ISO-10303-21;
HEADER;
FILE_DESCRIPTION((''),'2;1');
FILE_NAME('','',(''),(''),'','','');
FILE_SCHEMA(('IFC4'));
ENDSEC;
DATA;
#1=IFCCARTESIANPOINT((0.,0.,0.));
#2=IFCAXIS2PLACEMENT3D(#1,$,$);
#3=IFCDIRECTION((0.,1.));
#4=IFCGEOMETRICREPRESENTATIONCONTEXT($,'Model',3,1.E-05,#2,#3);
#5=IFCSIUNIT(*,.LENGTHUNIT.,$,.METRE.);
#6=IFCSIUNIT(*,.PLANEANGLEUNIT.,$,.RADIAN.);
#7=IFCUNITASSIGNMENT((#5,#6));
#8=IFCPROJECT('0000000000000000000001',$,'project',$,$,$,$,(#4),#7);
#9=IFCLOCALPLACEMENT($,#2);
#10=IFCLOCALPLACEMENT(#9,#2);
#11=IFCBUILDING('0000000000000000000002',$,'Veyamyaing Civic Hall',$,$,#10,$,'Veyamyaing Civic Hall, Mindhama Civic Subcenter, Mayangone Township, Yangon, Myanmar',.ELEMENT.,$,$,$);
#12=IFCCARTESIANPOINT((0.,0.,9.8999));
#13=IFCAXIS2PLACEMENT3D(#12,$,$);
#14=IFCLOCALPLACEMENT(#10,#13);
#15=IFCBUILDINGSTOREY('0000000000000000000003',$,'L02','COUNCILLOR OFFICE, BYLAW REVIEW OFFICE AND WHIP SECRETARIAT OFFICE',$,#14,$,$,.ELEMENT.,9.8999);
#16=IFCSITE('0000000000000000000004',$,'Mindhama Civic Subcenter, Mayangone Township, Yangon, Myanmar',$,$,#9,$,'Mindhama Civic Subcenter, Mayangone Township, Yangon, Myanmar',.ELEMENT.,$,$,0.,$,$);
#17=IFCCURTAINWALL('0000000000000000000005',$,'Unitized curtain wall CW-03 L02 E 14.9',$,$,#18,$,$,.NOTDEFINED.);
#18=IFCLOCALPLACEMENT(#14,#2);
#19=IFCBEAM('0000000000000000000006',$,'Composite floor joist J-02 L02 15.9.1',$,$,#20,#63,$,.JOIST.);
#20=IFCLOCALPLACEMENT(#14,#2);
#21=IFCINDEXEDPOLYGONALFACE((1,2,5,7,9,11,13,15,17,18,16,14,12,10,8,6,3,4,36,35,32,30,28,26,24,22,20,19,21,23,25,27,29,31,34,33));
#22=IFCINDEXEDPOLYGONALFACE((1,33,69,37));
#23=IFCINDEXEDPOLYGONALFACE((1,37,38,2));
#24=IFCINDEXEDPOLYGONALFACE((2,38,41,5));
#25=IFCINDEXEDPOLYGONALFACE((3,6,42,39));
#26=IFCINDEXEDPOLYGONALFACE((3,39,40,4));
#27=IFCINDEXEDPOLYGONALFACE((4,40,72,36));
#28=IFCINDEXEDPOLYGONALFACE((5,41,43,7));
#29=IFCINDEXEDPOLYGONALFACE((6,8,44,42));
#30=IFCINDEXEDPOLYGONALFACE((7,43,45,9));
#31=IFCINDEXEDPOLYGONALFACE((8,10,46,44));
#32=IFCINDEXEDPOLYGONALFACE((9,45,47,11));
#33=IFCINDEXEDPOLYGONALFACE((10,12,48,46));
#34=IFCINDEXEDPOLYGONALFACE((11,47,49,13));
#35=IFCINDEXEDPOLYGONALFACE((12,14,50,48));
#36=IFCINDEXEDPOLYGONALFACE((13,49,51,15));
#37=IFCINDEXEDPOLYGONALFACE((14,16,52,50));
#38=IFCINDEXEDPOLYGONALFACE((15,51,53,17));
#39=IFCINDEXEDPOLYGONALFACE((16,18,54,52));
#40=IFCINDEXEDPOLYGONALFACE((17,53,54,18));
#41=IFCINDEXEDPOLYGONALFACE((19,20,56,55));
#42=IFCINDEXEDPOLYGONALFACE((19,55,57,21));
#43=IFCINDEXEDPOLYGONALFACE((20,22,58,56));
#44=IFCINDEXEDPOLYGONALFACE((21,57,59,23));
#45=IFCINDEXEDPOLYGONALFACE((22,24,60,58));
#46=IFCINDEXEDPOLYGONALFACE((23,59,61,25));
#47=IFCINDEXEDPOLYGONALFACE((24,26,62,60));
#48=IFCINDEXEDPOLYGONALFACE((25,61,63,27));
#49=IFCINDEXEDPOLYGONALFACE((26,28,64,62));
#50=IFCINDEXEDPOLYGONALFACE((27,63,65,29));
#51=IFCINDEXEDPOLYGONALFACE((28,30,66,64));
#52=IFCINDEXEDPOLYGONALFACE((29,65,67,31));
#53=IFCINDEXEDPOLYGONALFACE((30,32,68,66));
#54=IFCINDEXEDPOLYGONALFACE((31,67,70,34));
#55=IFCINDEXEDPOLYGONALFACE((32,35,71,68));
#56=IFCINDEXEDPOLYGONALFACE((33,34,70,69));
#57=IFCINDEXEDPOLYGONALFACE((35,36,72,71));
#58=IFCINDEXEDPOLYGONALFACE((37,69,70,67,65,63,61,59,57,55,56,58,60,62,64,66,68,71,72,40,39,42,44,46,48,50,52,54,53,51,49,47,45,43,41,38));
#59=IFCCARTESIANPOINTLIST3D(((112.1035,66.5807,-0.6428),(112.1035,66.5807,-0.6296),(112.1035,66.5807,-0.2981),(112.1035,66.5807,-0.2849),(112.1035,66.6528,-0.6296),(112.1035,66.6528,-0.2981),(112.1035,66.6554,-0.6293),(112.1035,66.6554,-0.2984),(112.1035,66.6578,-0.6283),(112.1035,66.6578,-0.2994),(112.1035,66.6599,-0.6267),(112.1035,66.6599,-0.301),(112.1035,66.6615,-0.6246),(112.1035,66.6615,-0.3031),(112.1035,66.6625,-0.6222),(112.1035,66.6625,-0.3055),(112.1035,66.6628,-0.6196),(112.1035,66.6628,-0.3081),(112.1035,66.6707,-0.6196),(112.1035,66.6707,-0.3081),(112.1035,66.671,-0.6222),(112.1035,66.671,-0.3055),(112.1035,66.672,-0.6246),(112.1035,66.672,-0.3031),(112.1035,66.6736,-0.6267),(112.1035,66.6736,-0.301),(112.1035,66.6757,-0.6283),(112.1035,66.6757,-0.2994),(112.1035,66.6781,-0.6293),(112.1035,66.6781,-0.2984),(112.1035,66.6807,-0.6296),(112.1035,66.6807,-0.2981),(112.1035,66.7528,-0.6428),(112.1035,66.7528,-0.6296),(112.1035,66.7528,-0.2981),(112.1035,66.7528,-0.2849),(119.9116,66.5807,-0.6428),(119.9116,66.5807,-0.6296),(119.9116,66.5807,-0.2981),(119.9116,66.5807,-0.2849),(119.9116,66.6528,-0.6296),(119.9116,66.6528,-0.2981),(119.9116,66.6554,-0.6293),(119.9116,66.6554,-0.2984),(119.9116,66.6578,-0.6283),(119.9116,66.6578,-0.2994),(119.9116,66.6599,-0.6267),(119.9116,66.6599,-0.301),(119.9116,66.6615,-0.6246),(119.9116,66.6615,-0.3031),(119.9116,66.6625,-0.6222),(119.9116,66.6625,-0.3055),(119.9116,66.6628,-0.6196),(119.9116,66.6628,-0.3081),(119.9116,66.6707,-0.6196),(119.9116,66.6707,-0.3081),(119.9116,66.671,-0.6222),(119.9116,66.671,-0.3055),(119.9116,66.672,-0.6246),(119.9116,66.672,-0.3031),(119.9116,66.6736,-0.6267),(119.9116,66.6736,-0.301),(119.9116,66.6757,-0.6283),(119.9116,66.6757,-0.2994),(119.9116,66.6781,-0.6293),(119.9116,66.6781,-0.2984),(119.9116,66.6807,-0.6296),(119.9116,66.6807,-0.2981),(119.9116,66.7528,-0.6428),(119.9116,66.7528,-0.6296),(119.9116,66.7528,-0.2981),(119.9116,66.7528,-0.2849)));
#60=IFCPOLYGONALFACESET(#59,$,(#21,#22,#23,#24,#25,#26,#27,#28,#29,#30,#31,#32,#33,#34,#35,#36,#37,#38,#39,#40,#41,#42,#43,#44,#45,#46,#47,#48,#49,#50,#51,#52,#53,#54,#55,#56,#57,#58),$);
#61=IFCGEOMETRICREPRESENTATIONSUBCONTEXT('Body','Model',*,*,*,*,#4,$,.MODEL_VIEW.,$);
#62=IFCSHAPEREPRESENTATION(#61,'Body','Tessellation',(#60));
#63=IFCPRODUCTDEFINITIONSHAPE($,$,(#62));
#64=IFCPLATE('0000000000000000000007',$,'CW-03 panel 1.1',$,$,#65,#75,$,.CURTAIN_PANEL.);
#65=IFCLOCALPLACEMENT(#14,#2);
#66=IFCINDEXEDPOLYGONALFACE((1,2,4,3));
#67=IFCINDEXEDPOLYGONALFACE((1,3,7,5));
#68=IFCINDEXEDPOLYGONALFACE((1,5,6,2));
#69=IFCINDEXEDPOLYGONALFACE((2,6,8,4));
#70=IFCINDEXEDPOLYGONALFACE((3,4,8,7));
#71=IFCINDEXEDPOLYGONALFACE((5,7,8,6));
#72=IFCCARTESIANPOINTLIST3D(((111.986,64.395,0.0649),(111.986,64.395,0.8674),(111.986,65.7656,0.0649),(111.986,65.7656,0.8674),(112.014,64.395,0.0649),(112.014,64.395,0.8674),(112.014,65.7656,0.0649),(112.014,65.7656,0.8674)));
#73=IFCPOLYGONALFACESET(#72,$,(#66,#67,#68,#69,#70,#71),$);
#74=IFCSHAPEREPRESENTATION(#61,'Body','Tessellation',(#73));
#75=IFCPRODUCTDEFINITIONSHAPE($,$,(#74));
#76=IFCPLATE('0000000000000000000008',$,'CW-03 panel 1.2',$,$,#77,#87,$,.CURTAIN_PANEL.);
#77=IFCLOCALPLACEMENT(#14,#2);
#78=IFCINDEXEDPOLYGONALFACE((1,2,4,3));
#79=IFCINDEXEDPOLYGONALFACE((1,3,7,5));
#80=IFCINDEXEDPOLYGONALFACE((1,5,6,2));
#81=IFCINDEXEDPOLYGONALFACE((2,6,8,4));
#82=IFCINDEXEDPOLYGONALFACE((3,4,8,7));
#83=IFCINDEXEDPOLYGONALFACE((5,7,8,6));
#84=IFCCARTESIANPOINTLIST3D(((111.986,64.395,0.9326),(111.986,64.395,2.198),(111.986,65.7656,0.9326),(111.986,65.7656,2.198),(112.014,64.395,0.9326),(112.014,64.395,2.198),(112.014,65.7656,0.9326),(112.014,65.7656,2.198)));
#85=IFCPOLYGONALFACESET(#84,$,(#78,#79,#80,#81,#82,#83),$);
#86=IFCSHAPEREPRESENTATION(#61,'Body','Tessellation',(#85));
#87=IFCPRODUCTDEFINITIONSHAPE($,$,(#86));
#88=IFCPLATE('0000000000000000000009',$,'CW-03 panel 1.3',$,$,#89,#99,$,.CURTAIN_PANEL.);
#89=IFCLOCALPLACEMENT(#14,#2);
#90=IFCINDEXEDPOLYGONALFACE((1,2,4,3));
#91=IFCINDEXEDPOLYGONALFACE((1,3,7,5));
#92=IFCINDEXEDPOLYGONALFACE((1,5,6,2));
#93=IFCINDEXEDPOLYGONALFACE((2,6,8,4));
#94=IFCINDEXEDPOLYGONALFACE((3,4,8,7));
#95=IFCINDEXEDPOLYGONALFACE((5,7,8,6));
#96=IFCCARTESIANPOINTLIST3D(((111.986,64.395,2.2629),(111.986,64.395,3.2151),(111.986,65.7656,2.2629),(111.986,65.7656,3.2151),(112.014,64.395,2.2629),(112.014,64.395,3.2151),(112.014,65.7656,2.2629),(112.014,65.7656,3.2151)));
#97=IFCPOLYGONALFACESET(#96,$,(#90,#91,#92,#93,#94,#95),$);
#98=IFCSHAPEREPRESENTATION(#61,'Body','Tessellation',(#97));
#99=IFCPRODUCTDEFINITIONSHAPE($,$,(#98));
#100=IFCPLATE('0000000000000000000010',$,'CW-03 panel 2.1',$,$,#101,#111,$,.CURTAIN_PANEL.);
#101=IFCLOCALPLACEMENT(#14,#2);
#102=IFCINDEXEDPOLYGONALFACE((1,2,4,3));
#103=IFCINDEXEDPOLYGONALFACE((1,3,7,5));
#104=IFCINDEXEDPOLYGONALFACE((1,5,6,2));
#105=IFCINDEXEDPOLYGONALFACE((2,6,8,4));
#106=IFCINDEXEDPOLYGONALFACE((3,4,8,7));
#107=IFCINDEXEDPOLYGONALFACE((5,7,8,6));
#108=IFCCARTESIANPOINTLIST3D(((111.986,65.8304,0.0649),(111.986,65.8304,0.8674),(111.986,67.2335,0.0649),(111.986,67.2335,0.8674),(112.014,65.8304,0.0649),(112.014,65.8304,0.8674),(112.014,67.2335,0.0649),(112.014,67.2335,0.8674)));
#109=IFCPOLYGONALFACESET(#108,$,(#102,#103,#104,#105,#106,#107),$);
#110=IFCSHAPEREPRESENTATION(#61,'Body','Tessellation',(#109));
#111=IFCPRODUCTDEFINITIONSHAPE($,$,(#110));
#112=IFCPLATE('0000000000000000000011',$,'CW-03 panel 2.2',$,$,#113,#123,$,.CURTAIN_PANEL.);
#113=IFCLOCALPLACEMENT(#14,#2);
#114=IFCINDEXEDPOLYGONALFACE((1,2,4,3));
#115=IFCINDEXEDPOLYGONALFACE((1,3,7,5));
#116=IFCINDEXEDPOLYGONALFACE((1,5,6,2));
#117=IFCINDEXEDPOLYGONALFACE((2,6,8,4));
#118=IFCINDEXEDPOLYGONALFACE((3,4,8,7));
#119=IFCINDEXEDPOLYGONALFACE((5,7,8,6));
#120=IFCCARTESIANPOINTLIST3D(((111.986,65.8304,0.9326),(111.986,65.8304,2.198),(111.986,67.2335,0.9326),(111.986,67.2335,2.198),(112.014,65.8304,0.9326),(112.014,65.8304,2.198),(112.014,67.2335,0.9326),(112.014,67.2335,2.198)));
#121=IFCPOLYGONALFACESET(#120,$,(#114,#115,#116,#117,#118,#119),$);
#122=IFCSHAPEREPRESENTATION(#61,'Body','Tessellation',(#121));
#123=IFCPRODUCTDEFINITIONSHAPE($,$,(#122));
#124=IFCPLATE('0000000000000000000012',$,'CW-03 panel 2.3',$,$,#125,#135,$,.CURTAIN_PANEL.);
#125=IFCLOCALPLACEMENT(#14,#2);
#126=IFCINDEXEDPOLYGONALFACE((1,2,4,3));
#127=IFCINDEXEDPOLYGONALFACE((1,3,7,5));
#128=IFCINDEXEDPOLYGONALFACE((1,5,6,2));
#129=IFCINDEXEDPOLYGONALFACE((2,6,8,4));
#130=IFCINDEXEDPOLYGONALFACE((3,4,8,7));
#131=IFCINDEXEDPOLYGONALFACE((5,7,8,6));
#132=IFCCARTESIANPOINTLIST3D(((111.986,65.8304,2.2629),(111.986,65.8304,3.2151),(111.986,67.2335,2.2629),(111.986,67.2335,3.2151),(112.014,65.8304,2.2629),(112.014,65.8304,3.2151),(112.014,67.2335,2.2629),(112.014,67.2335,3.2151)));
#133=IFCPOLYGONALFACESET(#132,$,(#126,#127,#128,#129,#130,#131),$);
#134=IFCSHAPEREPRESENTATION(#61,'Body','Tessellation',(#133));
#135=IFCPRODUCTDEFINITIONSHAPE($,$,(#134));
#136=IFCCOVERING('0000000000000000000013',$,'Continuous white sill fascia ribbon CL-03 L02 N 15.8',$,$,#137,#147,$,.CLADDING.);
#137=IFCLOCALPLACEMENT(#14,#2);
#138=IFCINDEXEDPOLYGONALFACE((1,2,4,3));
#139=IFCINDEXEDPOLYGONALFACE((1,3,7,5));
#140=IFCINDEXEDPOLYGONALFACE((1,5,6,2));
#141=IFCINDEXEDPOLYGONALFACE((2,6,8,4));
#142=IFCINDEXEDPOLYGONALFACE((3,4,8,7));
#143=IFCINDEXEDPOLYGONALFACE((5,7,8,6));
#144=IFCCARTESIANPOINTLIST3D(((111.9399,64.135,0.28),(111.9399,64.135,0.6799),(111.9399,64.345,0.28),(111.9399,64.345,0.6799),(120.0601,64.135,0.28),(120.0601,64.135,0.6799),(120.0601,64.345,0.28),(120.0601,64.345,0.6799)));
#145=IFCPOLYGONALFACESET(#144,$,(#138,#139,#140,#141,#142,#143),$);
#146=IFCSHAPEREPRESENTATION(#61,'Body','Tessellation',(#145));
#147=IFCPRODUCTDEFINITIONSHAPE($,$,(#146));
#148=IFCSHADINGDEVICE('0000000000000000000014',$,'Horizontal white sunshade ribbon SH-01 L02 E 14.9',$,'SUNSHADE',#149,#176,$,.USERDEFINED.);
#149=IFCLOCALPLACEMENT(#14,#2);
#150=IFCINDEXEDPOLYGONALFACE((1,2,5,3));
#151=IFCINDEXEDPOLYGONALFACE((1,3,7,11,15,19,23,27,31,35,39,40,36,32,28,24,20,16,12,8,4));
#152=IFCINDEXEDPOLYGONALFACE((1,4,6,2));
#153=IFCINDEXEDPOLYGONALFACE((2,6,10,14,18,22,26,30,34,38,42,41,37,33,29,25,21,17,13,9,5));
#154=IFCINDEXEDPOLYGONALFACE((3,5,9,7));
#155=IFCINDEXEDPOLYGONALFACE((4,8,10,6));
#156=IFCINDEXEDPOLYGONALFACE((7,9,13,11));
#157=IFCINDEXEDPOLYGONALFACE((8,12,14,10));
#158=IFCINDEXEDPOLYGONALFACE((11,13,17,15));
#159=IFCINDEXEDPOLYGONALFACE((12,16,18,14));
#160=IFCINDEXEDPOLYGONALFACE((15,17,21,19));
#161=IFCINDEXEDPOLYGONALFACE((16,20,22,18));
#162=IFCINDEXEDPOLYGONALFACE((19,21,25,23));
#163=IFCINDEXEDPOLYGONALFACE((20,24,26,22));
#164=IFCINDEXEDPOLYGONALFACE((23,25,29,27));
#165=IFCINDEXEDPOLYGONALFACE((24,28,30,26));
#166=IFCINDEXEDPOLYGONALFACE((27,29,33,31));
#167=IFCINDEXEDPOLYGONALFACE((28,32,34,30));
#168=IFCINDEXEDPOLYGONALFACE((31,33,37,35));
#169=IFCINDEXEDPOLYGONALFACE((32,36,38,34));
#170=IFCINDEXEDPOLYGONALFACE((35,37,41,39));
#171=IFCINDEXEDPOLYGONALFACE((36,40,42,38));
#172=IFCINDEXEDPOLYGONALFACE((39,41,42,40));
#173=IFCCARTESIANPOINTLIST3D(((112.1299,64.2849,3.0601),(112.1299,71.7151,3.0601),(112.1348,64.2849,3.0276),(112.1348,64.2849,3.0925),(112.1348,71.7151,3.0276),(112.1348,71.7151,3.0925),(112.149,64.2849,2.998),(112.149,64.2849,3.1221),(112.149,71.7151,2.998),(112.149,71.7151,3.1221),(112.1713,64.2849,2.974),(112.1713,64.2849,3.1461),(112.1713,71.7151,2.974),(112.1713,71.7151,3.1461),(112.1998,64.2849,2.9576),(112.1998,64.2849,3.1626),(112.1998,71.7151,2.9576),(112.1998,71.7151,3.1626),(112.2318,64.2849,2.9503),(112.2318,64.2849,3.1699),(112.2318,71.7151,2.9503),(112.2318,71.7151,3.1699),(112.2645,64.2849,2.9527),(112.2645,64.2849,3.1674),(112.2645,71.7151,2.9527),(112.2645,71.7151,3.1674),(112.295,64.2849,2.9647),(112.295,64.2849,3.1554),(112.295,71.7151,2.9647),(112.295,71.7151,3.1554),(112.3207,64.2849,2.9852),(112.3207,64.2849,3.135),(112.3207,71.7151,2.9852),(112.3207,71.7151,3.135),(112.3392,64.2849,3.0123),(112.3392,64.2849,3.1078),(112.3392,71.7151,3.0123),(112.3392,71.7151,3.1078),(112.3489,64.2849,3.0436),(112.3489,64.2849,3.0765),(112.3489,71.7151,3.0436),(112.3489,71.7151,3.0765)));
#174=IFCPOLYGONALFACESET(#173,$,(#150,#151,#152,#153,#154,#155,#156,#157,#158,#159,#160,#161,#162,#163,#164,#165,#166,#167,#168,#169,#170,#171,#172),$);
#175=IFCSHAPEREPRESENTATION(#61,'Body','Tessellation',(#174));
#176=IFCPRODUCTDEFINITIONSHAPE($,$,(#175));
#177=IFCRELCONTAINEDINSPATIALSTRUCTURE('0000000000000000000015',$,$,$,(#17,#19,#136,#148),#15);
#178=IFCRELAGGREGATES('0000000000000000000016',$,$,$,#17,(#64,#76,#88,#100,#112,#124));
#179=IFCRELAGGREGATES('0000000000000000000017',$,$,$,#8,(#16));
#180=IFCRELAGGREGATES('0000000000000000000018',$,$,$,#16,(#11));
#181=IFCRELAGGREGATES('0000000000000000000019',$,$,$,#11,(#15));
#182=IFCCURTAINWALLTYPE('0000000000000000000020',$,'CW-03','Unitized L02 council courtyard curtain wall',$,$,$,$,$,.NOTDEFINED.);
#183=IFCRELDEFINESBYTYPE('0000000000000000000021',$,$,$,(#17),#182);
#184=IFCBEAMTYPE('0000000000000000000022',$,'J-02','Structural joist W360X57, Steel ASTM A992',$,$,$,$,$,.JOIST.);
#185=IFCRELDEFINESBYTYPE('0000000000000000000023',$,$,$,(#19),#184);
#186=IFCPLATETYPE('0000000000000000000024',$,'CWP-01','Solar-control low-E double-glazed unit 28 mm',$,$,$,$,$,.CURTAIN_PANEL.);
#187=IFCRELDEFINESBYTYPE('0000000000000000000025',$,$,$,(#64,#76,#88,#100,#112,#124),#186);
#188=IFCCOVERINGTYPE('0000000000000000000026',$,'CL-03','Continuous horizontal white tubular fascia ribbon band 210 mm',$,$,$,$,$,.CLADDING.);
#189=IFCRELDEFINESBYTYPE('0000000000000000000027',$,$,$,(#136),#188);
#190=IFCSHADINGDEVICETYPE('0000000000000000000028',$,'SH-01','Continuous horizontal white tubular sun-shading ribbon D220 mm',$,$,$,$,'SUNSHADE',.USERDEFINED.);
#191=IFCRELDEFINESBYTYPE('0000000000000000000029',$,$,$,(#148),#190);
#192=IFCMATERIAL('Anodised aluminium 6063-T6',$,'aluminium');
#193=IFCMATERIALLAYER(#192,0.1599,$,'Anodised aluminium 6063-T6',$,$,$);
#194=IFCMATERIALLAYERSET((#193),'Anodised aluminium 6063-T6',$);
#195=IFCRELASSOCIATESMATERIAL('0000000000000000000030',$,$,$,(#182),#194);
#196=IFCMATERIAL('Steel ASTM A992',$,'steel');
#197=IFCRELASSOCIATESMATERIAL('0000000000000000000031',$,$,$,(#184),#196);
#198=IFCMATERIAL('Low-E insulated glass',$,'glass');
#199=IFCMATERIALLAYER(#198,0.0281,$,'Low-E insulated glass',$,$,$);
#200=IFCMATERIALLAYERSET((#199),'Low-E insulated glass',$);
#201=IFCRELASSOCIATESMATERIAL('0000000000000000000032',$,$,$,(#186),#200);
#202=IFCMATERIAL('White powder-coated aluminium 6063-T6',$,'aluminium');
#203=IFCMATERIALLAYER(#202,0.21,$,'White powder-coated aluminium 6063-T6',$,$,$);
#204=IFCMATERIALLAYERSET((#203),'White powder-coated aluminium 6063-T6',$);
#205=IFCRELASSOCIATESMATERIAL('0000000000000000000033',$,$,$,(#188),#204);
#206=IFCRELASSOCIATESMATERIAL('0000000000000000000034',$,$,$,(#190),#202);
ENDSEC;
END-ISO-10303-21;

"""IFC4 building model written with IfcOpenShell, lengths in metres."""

from ifc_helpers import new_model, si_unit, direction, frame, origin, origin_2d, place, context, subcontext, project, spatial, rectangle, circle, i_section, extrude, material, layer, layer_set, material_profile, profile_set, type_object, element, aggregate, save


model = new_model("IFC4")

# Units and contexts
model_context = context("Model", 3, precision=1e-05, world=origin(), true_north=direction((0.0, 1.0)))
body_context = subcontext(model_context, "Body", "Model", "MODEL_VIEW")
ifc_project = project(units=[si_unit("LENGTHUNIT", "METRE"), si_unit("PLANEANGLEUNIT", "RADIAN")], contexts=[model_context])

# Site, building, storey
site_placement = place(None, origin())
site = spatial("IfcSite", under=ifc_project, at=site_placement, Name="Mindhama Civic Subcenter, Mayangone Township, Yangon, Myanmar", LongName="Mindhama Civic Subcenter, Mayangone Township, Yangon, Myanmar", CompositionType="ELEMENT", RefElevation=0.0)
building_placement = place(site_placement, origin())
building = spatial("IfcBuilding", under=site, at=building_placement, Name="Veyamyaing Civic Hall", LongName="Veyamyaing Civic Hall, Mindhama Civic Subcenter, Mayangone Township, Yangon, Myanmar", CompositionType="ELEMENT")
storey_placement = place(building_placement, frame((0.0, 0.0, 9.8999)))
storey = spatial("IfcBuildingStorey", under=building, at=storey_placement, Name="L02", Description="COUNCILLOR OFFICE, BYLAW REVIEW OFFICE AND WHIP SECRETARIAT OFFICE", CompositionType="ELEMENT", Elevation=9.8999)

# Shared definitions
ifc_material_1 = material(Name="Steel ASTM A992", Category="steel")

# Curtain wall
ifc_material_2 = material(Name="Anodised aluminium 6063-T6", Category="aluminium")
ifc_layer_1 = layer(ifc_material_2, 0.1599, Name="Anodised aluminium 6063-T6")
ifc_layer_set_1 = layer_set([ifc_layer_1], Name="Anodised aluminium 6063-T6")
curtain_wall_type = type_object("IfcCurtainWallType", Name="CW-03", Description="Unitized L02 council courtyard curtain wall", PredefinedType="NOTDEFINED", material=ifc_layer_set_1)
curtain_wall_placement = place(storey_placement, origin())
curtain_wall = element("IfcCurtainWall", 1, at=curtain_wall_placement, inside=storey, type_object=curtain_wall_type, Name="Unitized curtain wall CW-03 L02 E 14.9", PredefinedType="NOTDEFINED")

# Beam
ifc_material_profile_1 = material_profile(ifc_material_1, i_section(OverallWidth=0.1721, OverallDepth=0.3579, WebThickness=0.0078, FlangeThickness=0.0132, FilletRadius=0.01, at=origin_2d()), Name="W360X57")
ifc_profile_set_1 = profile_set([ifc_material_profile_1], Name="Steel ASTM A992")
beam_type_1 = type_object("IfcBeamType", Name="J-02", Description="Structural joist W360X57, Steel ASTM A992", PredefinedType="JOIST", material=ifc_profile_set_1)
beam_1_placement = place(storey_placement, frame((112.1035, 66.6667, -0.4639), z_axis=(1.0, 0.0, 0.0), x_axis=(0.0, 1.0, 0.0)))
element("IfcBeam", 2, at=beam_1_placement, inside=storey, type_object=beam_type_1, Name="Composite floor joist J-02 L02 15.9.1", PredefinedType="JOIST", context=body_context, shape_type="SweptSolid", body=[
    extrude(i_section(OverallWidth=0.1721, OverallDepth=0.3579, WebThickness=0.0078, FlangeThickness=0.0132, FilletRadius=0.01, at=origin_2d()), origin(), (0.0, 0.0, 1.0), 7.8081),
])

# Plates
ifc_material_3 = material(Name="Low-E insulated glass", Category="glass")
ifc_layer_2 = layer(ifc_material_3, 0.0281, Name="Low-E insulated glass")
ifc_layer_set_2 = layer_set([ifc_layer_2], Name="Low-E insulated glass")
plate_type = type_object("IfcPlateType", Name="CWP-01", Description="Solar-control low-E double-glazed unit 28 mm", PredefinedType="CURTAIN_PANEL", material=ifc_layer_set_2)
plate_1_placement = place(storey_placement, frame((112.0, 65.0803, 0.0649), z_axis=(0.0, 0.0, 1.0), x_axis=(0.0, 1.0, 0.0)))
plate_1 = element("IfcPlate", 3, at=plate_1_placement, type_object=plate_type, Name="CW-03 panel 1.1", PredefinedType="CURTAIN_PANEL", context=body_context, shape_type="SweptSolid", body=[
    extrude(rectangle(XDim=1.3706, YDim=0.0281, at=origin_2d()), origin(), (0.0, 0.0, 1.0), 0.8025),
])
plate_2_placement = place(storey_placement, frame((112.0, 65.0803, 0.9326), z_axis=(0.0, 0.0, 1.0), x_axis=(0.0, 1.0, 0.0)))
plate_2 = element("IfcPlate", 4, at=plate_2_placement, type_object=plate_type, Name="CW-03 panel 1.2", PredefinedType="CURTAIN_PANEL", context=body_context, shape_type="SweptSolid", body=[
    extrude(rectangle(XDim=1.3706, YDim=0.0281, at=origin_2d()), origin(), (0.0, 0.0, 1.0), 1.2654),
])
plate_3_placement = place(storey_placement, frame((112.0, 65.0803, 2.2629), z_axis=(0.0, 0.0, 1.0), x_axis=(0.0, 1.0, 0.0)))
plate_3 = element("IfcPlate", 5, at=plate_3_placement, type_object=plate_type, Name="CW-03 panel 1.3", PredefinedType="CURTAIN_PANEL", context=body_context, shape_type="SweptSolid", body=[
    extrude(rectangle(XDim=1.3706, YDim=0.0281, at=origin_2d()), origin(), (0.0, 0.0, 1.0), 0.9521),
])
plate_4_placement = place(storey_placement, frame((112.0, 66.532, 0.0649), z_axis=(0.0, 0.0, 1.0), x_axis=(0.0, 1.0, 0.0)))
plate_4 = element("IfcPlate", 6, at=plate_4_placement, type_object=plate_type, Name="CW-03 panel 2.1", PredefinedType="CURTAIN_PANEL", context=body_context, shape_type="SweptSolid", body=[
    extrude(rectangle(XDim=1.4031, YDim=0.0281, at=origin_2d()), origin(), (0.0, 0.0, 1.0), 0.8025),
])
plate_5_placement = place(storey_placement, frame((112.0, 66.532, 0.9326), z_axis=(0.0, 0.0, 1.0), x_axis=(0.0, 1.0, 0.0)))
plate_5 = element("IfcPlate", 7, at=plate_5_placement, type_object=plate_type, Name="CW-03 panel 2.2", PredefinedType="CURTAIN_PANEL", context=body_context, shape_type="SweptSolid", body=[
    extrude(rectangle(XDim=1.4031, YDim=0.0281, at=origin_2d()), origin(), (0.0, 0.0, 1.0), 1.2654),
])
plate_6_placement = place(storey_placement, frame((112.0, 66.532, 2.2629), z_axis=(0.0, 0.0, 1.0), x_axis=(0.0, 1.0, 0.0)))
plate_6 = element("IfcPlate", 8, at=plate_6_placement, type_object=plate_type, Name="CW-03 panel 2.3", PredefinedType="CURTAIN_PANEL", context=body_context, shape_type="SweptSolid", body=[
    extrude(rectangle(XDim=1.4031, YDim=0.0281, at=origin_2d()), origin(), (0.0, 0.0, 1.0), 0.9521),
])
aggregate(curtain_wall, [plate_1, plate_2, plate_3, plate_4, plate_5, plate_6])

# Covering
ifc_material_4 = material(Name="White powder-coated aluminium 6063-T6", Category="aluminium")
ifc_layer_3 = layer(ifc_material_4, 0.21, Name="White powder-coated aluminium 6063-T6")
ifc_layer_set_3 = layer_set([ifc_layer_3], Name="White powder-coated aluminium 6063-T6")
covering_type = type_object("IfcCoveringType", Name="CL-03", Description="Continuous horizontal white tubular fascia ribbon band 210 mm", PredefinedType="CLADDING", material=ifc_layer_set_3)
covering_placement = place(storey_placement, frame((116.0, 64.24, 0.28), z_axis=(0.0, 0.0, 1.0), x_axis=(1.0, 0.0, 0.0)))
element("IfcCovering", 9, at=covering_placement, inside=storey, type_object=covering_type, Name="Continuous white sill fascia ribbon CL-03 L02 N 15.8", PredefinedType="CLADDING", context=body_context, shape_type="SweptSolid", body=[
    extrude(rectangle(XDim=8.1201, YDim=0.21, at=origin_2d()), origin(), (0.0, 0.0, 1.0), 0.3999),
])

# Shading device
ifc_material_profile_2 = material_profile(ifc_material_4, circle(Radius=0.1101, at=origin_2d()), Name="SHADE-TUBE-220")
ifc_profile_set_2 = profile_set([ifc_material_profile_2], Name="White powder-coated aluminium 6063-T6")
shading_device_type = type_object("IfcShadingDeviceType", Name="SH-01", Description="Continuous horizontal white tubular sun-shading ribbon D220 mm", ElementType="SUNSHADE", PredefinedType="USERDEFINED", material=ifc_profile_set_2)
shading_device_placement = place(storey_placement, frame((112.24, 64.2849, 3.0601), z_axis=(0.0, 1.0, 0.0), x_axis=(-1.0, 0.0, 0.0)))
element("IfcShadingDevice", 10, at=shading_device_placement, inside=storey, type_object=shading_device_type, Name="Horizontal white sunshade ribbon SH-01 L02 E 14.9", ObjectType="SUNSHADE", PredefinedType="USERDEFINED", context=body_context, shape_type="SweptSolid", body=[
    extrude(circle(Radius=0.1101, at=origin_2d()), origin(), (0.0, 0.0, 1.0), 7.4302),
])

save(model, "model.ifc")
